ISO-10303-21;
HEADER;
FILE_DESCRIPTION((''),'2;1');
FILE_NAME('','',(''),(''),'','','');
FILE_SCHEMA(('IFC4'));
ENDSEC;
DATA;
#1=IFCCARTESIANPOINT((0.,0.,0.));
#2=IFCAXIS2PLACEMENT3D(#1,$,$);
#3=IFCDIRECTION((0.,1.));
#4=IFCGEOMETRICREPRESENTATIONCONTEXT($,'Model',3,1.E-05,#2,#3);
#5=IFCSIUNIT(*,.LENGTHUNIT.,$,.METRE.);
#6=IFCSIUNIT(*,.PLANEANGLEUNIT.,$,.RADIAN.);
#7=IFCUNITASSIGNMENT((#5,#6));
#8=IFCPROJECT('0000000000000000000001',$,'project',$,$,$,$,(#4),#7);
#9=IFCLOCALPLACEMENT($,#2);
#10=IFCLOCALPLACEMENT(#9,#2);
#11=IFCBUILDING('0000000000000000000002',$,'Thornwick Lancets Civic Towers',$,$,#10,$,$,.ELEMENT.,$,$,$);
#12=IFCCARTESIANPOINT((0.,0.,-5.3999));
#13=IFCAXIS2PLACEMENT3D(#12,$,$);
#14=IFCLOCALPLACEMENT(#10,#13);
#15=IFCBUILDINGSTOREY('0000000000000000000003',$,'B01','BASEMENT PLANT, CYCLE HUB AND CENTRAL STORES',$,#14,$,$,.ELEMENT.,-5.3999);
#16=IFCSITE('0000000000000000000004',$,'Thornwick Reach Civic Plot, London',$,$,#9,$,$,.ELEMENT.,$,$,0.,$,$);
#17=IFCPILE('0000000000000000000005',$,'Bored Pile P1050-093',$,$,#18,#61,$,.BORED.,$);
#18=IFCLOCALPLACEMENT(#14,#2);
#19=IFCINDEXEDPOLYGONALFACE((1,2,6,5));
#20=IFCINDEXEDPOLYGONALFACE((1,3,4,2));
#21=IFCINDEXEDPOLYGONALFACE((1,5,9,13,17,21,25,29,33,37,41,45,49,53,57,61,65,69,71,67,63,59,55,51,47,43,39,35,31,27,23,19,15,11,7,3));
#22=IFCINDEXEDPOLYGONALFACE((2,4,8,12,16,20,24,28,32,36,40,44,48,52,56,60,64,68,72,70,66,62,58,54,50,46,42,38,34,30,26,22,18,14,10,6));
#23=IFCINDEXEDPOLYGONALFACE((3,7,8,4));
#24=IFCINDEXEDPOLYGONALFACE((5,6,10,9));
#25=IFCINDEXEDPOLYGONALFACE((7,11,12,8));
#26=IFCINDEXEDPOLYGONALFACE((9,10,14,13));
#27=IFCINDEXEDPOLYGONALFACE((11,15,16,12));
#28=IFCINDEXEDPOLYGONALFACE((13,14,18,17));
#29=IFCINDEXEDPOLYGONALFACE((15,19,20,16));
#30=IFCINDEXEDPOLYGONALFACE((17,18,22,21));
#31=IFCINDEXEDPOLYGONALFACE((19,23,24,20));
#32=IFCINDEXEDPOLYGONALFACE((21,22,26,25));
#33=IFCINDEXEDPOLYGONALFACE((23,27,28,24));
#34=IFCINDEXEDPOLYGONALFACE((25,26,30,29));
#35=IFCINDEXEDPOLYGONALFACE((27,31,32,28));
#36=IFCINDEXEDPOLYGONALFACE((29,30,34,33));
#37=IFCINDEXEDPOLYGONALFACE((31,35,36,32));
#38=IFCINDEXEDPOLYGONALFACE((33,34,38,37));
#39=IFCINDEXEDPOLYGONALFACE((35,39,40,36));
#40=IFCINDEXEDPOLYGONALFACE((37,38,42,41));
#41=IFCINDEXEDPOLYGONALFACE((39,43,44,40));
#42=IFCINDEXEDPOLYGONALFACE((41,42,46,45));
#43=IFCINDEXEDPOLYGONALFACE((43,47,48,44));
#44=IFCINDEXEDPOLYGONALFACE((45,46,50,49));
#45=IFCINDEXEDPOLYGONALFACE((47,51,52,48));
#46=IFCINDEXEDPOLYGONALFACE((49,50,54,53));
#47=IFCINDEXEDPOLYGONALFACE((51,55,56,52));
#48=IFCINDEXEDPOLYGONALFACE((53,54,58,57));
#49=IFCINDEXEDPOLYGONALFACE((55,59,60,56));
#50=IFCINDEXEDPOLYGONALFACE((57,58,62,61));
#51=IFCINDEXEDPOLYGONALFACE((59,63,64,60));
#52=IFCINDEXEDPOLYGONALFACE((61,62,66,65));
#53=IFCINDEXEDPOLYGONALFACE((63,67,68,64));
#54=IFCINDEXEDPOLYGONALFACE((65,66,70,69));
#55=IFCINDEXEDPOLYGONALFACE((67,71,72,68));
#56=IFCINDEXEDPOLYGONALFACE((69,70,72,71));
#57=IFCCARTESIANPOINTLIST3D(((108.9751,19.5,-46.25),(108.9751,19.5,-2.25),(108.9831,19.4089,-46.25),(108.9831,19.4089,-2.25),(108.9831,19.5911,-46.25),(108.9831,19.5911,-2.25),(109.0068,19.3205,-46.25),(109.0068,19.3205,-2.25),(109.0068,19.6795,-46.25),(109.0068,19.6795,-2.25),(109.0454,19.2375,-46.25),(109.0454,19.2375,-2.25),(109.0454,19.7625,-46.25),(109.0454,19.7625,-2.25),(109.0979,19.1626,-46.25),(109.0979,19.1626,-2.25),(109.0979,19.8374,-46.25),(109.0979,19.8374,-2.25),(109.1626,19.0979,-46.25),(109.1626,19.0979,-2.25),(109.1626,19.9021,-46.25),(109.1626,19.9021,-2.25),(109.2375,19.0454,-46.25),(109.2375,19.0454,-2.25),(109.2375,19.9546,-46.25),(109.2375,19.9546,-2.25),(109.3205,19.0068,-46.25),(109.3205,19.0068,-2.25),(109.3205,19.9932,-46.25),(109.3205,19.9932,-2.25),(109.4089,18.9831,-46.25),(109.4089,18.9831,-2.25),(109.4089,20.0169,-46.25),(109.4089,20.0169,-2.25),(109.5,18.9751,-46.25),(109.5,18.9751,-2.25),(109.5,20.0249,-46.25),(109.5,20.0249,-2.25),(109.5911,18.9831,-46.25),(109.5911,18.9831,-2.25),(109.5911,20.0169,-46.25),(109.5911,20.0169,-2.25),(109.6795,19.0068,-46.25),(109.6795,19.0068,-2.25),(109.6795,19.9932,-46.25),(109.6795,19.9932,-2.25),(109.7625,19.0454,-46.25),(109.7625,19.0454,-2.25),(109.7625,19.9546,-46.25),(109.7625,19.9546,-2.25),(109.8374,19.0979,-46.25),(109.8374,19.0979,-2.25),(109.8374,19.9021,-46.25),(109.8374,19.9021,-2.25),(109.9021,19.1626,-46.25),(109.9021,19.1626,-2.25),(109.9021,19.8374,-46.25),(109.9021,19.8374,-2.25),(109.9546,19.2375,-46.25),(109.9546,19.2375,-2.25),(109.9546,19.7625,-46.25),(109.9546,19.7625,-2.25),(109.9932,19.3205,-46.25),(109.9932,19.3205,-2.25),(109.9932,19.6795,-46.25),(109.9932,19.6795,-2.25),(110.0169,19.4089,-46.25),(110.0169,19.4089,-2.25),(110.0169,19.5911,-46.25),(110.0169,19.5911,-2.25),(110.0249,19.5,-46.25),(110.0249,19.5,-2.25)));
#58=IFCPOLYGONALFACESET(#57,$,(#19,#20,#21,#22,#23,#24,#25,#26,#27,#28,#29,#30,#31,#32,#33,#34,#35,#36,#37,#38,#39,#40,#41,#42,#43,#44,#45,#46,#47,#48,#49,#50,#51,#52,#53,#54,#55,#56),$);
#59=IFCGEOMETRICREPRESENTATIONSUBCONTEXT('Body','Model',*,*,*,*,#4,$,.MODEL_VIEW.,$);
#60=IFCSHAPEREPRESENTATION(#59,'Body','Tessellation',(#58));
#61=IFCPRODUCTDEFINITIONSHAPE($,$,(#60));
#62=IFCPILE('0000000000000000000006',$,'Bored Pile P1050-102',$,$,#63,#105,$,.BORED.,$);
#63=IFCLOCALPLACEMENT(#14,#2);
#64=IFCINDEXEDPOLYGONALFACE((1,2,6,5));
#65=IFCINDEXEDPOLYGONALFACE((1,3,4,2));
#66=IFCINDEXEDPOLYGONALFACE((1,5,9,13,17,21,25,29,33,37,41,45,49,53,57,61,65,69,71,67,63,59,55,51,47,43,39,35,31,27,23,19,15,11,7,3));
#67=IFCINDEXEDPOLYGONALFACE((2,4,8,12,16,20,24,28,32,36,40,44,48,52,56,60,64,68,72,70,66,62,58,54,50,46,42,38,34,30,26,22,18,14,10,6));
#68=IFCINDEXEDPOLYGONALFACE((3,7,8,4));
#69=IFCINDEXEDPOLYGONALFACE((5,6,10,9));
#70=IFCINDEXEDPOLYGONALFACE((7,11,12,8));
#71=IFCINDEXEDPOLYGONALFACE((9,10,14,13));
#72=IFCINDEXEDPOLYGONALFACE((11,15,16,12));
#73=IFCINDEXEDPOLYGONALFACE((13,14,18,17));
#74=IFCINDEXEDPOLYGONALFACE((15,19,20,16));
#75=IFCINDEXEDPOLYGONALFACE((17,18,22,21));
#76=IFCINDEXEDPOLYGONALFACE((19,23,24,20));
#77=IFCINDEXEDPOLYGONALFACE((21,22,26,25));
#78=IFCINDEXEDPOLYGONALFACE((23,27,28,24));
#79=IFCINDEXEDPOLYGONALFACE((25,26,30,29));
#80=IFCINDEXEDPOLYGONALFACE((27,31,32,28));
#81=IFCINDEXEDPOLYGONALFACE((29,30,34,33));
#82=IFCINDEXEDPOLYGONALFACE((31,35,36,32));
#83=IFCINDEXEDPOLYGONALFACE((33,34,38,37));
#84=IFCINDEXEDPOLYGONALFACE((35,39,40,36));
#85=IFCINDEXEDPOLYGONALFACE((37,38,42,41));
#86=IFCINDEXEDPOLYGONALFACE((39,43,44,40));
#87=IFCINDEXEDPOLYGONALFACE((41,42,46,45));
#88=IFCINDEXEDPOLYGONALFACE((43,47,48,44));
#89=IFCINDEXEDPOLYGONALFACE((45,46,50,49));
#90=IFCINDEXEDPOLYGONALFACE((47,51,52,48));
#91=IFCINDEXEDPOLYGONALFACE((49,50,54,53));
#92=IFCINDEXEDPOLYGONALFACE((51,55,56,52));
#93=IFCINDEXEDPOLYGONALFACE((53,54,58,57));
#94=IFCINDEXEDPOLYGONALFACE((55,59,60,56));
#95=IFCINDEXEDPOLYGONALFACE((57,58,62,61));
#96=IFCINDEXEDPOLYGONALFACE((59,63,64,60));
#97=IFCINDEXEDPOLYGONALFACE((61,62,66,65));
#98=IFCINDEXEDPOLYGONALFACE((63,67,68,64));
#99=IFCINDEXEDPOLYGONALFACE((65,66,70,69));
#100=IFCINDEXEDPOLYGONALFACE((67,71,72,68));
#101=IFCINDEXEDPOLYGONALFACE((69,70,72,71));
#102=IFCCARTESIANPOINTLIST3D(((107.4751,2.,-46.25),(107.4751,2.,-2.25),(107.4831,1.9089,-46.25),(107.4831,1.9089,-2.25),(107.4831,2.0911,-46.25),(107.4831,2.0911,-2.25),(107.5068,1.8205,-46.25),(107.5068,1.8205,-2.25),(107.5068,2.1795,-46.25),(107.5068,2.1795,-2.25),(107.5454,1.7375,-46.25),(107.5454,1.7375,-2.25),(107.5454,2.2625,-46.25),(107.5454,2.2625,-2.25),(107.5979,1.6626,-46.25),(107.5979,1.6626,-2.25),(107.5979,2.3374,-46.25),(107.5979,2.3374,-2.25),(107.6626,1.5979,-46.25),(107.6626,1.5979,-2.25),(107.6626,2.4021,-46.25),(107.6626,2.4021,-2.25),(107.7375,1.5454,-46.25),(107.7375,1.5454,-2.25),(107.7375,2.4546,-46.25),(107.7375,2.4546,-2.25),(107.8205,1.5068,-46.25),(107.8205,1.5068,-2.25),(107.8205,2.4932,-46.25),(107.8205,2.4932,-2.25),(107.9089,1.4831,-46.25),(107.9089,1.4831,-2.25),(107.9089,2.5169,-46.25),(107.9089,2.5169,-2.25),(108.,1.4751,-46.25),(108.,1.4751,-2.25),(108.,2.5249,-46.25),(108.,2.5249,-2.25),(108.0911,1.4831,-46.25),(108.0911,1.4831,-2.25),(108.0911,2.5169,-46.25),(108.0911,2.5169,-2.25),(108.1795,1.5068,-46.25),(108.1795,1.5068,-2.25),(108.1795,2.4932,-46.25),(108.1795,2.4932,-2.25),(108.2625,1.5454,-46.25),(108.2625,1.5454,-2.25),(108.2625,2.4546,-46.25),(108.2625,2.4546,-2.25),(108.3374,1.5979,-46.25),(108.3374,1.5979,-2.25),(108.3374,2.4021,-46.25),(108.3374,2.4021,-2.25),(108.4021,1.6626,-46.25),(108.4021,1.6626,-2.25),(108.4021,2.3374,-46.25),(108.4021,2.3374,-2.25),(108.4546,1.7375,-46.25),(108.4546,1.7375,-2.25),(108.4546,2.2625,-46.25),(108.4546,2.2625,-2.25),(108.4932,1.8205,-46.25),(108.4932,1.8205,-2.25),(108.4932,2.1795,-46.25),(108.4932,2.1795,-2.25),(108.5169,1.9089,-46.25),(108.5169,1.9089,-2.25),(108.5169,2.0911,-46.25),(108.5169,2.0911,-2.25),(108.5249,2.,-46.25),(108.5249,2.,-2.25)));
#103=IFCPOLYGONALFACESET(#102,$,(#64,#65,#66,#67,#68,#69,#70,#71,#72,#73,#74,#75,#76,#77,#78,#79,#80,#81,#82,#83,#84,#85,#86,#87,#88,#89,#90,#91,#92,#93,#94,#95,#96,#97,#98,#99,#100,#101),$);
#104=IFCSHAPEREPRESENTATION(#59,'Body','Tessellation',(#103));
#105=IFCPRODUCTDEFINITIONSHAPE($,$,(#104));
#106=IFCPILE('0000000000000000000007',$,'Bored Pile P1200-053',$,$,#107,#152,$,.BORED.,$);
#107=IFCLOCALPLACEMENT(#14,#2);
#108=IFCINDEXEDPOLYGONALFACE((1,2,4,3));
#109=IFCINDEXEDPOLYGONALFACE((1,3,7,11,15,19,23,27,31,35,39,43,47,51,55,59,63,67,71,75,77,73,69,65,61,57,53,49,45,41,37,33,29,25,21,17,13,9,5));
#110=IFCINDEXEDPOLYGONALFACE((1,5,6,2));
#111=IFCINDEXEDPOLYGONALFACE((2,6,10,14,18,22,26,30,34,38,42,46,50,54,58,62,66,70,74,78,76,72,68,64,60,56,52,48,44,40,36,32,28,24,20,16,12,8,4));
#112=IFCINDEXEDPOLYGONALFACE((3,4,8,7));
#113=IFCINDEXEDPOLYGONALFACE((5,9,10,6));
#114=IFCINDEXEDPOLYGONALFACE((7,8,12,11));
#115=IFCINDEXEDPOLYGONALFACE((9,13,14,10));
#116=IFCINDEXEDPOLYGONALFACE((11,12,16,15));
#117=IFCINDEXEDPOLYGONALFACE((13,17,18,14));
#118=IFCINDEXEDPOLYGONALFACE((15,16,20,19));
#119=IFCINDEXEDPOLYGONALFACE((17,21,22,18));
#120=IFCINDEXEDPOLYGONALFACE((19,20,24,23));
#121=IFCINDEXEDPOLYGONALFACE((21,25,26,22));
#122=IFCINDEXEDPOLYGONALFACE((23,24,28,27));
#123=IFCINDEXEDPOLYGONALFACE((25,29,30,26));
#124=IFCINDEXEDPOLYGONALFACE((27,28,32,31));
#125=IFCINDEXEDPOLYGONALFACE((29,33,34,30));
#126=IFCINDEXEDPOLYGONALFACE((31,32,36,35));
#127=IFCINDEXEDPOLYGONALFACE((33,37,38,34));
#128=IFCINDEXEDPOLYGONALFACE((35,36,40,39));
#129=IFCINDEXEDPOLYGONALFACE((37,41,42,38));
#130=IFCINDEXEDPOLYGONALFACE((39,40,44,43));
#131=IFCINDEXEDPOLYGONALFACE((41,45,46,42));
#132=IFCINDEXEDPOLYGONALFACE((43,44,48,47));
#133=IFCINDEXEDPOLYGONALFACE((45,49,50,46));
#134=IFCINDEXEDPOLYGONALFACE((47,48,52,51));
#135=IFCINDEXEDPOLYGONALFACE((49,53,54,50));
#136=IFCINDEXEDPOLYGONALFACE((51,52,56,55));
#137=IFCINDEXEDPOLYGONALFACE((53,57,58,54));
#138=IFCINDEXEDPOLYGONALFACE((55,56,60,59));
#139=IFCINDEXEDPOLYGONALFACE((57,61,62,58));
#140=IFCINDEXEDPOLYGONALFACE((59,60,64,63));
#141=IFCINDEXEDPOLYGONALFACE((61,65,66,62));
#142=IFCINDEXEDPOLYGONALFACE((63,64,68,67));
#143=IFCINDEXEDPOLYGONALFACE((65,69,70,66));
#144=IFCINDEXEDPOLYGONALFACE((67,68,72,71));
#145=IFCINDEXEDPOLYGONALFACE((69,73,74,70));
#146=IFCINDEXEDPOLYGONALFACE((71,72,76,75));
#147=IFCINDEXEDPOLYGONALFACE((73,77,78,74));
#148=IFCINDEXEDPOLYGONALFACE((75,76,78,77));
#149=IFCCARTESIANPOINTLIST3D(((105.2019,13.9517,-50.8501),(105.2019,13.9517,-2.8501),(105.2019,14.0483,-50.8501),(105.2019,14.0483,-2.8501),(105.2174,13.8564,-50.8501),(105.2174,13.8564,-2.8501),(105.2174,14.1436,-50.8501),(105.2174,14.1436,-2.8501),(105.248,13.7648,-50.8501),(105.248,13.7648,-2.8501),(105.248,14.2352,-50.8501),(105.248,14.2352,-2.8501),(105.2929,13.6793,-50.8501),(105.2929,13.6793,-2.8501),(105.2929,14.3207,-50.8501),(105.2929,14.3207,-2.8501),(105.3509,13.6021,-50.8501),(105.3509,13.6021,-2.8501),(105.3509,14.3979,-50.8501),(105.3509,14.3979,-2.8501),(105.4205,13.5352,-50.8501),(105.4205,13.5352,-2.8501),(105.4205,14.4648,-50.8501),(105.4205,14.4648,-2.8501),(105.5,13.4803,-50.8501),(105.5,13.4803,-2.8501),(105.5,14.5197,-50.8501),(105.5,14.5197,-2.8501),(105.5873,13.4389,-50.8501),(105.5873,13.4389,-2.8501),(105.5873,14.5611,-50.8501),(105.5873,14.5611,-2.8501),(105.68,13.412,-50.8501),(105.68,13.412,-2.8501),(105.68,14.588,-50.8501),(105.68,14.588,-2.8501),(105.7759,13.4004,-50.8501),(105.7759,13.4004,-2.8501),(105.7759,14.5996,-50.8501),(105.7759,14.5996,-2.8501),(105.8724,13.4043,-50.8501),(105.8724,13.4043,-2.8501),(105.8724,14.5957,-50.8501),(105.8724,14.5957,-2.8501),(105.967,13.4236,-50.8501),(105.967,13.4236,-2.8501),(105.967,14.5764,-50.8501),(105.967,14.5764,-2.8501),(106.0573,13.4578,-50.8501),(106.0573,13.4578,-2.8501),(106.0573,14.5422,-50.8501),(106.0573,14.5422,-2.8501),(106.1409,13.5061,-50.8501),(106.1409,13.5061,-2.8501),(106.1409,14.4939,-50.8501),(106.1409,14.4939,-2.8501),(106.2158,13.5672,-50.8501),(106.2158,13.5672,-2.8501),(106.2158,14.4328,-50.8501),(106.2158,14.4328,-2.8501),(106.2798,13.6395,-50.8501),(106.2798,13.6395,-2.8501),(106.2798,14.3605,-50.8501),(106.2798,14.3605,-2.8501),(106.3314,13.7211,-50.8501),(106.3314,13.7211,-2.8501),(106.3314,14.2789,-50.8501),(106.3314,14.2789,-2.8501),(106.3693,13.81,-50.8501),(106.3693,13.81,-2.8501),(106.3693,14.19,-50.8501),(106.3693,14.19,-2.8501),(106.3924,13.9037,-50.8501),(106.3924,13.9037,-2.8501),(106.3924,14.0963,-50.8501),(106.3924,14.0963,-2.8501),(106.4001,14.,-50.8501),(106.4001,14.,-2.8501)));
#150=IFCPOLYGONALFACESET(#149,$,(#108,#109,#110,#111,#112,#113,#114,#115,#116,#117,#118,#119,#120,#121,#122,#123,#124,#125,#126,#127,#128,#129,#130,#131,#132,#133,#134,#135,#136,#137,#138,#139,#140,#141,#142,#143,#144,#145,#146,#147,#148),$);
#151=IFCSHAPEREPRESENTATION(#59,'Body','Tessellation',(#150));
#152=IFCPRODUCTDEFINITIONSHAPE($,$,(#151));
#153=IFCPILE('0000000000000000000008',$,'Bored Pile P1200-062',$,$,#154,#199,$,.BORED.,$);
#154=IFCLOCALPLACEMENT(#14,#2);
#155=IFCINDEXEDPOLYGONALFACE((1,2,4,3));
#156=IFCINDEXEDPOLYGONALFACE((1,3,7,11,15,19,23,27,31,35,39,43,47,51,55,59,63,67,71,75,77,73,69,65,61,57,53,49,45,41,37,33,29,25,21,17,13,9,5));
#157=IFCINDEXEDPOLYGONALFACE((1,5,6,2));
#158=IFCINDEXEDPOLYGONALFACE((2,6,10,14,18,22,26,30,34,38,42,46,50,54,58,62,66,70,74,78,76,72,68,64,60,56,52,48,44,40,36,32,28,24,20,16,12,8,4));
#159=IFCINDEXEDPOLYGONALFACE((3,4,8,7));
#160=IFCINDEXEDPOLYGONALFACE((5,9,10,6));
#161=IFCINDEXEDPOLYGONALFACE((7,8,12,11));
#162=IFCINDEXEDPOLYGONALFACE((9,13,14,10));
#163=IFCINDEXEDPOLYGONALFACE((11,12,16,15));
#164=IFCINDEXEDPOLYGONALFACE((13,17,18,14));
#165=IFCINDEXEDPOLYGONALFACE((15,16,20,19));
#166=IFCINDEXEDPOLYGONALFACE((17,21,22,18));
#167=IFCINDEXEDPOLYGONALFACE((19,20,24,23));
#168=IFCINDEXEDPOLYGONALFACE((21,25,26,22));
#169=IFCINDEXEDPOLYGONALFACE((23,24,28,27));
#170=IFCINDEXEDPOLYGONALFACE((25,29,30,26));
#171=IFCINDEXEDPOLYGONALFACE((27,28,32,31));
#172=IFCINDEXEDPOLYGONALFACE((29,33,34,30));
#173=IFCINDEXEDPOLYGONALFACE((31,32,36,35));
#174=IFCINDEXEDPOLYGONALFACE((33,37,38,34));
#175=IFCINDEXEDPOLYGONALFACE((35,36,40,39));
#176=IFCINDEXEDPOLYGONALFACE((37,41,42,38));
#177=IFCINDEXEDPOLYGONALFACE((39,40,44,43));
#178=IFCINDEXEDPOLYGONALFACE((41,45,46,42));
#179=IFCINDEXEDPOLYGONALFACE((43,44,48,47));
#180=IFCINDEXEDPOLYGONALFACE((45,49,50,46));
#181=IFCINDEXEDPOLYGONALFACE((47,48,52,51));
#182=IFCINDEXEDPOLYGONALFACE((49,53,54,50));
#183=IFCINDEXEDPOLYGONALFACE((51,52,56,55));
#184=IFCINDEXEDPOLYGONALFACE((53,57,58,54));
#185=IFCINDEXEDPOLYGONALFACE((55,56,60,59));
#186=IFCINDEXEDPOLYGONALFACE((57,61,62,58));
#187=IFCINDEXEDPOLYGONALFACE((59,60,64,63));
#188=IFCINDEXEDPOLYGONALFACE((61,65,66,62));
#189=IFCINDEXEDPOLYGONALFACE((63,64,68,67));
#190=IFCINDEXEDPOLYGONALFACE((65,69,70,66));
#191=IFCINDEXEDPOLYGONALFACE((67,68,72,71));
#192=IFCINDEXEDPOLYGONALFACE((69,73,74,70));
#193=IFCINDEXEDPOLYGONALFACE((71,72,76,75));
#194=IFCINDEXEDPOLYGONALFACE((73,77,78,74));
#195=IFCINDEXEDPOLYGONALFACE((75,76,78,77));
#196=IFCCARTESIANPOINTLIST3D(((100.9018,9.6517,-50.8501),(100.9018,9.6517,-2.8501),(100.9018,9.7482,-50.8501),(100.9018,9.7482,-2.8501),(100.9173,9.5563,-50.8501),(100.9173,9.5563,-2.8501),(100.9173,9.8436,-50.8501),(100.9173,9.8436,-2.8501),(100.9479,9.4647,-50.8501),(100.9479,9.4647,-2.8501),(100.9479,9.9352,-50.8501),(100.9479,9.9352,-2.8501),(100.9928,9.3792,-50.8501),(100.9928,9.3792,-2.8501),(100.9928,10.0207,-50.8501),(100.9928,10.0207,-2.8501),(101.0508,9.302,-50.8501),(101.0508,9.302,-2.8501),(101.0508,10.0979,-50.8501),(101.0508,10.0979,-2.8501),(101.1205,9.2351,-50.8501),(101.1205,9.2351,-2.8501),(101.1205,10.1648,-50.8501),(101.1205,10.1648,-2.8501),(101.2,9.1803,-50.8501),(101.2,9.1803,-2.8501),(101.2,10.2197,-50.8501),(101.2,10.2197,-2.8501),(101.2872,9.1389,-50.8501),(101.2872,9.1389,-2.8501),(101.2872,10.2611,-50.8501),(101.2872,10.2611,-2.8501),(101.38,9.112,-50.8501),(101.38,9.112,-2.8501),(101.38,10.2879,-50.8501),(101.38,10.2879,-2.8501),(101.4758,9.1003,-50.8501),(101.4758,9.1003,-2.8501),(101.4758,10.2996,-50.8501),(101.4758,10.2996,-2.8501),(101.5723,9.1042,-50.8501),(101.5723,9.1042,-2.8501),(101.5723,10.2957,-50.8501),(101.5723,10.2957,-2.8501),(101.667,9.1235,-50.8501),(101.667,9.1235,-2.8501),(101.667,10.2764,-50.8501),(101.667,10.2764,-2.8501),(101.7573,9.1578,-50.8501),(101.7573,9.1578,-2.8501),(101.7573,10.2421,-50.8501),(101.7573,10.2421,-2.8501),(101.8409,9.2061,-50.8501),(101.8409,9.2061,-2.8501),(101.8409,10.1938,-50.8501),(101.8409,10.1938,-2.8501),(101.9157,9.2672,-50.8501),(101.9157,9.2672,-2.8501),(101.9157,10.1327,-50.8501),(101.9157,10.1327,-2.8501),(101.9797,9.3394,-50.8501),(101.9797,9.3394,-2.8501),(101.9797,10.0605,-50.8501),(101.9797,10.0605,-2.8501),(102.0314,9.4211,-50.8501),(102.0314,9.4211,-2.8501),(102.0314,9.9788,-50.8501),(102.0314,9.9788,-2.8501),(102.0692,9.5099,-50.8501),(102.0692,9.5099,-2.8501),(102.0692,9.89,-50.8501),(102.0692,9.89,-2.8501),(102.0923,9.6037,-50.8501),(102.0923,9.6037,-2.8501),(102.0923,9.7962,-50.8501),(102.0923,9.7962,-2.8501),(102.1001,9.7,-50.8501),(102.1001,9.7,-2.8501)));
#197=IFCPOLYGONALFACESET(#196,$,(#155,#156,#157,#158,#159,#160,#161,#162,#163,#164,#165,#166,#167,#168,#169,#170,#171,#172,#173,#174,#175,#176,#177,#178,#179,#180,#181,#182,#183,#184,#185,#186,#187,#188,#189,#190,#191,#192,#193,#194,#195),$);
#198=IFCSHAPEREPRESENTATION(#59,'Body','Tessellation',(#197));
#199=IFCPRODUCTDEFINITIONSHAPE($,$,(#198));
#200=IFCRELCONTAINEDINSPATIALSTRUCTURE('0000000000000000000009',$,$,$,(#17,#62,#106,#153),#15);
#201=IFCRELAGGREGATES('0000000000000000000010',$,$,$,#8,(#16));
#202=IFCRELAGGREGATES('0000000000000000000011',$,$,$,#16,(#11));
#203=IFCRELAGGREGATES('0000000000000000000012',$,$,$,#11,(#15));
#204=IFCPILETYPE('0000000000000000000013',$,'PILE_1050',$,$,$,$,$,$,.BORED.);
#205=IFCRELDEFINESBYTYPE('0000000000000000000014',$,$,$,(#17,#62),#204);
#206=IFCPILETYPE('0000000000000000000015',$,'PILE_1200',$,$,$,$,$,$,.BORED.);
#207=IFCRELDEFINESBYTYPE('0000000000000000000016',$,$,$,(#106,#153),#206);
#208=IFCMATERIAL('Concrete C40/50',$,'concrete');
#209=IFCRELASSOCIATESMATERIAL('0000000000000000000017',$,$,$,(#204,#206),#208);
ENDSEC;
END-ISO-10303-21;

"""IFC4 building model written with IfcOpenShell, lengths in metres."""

from ifc_helpers import new_model, si_unit, direction, frame, origin, origin_2d, place, context, subcontext, project, spatial, circle, extrude, material, material_profile, profile_set, type_object, element, save


model = new_model("IFC4")

# Units and contexts
model_context = context("Model", 3, precision=1e-05, world=origin(), true_north=direction((0.0, 1.0)))
body_context = subcontext(model_context, "Body", "Model", "MODEL_VIEW")
ifc_project = project(units=[si_unit("LENGTHUNIT", "METRE"), si_unit("PLANEANGLEUNIT", "RADIAN")], contexts=[model_context])

# Site, building, storey
site_placement = place(None, origin())
site = spatial("IfcSite", under=ifc_project, at=site_placement, Name="Thornwick Reach Civic Plot, London", CompositionType="ELEMENT", RefElevation=0.0)
building_placement = place(site_placement, origin())
building = spatial("IfcBuilding", under=site, at=building_placement, Name="Thornwick Lancets Civic Towers", CompositionType="ELEMENT")
storey_placement = place(building_placement, frame((0.0, 0.0, -5.3999)))
storey = spatial("IfcBuildingStorey", under=building, at=storey_placement, Name="B01", Description="BASEMENT PLANT, CYCLE HUB AND CENTRAL STORES", CompositionType="ELEMENT", Elevation=-5.3999)

# Shared definitions
ifc_material_1 = material(Name="Concrete C40/50", Category="concrete")

# Piles
ifc_material_profile_1 = material_profile(ifc_material_1, circle(Radius=0.5249, at=origin_2d()), Name="PILE D1050")
ifc_profile_set_1 = profile_set([ifc_material_profile_1], Name="Concrete C40/50")
pile_type_1 = type_object("IfcPileType", Name="PILE_1050", PredefinedType="BORED", material=ifc_profile_set_1)
for number, where, z_axis, x_axis, name in (
    (1, (109.5, 19.5, -2.25), (0.0, 0.0, -1.0), (1.0, 0.0, 0.0), "Bored Pile P1050-093"),
    (2, (108.0, 2.0, -2.25), (0.0, 0.0, -1.0), (1.0, 0.0, 0.0), "Bored Pile P1050-102"),
):
    element("IfcPile", number, at=place(storey_placement, frame(where, z_axis=z_axis, x_axis=x_axis)), inside=storey, type_object=pile_type_1, Name=name, PredefinedType="BORED", context=body_context, shape_type="SweptSolid", body=[
        extrude(circle(Radius=0.5249, at=origin_2d()), origin(), (0.0, 0.0, 1.0), 44.0),
    ])
ifc_material_profile_2 = material_profile(ifc_material_1, circle(Radius=0.6001, at=origin_2d()), Name="PILE D1200")
ifc_profile_set_2 = profile_set([ifc_material_profile_2], Name="Concrete C40/50")
pile_type_2 = type_object("IfcPileType", Name="PILE_1200", PredefinedType="BORED", material=ifc_profile_set_2)
for number, where, z_axis, x_axis, name in (
    (3, (105.8, 14.0, -2.8501), (0.0, 0.0, -1.0), (1.0, 0.0, 0.0), "Bored Pile P1200-053"),
    (4, (101.5, 9.7, -2.8501), (0.0, 0.0, -1.0), (1.0, 0.0, 0.0), "Bored Pile P1200-062"),
):
    element("IfcPile", number, at=place(storey_placement, frame(where, z_axis=z_axis, x_axis=x_axis)), inside=storey, type_object=pile_type_2, Name=name, PredefinedType="BORED", context=body_context, shape_type="SweptSolid", body=[
        extrude(circle(Radius=0.6001, at=origin_2d()), origin(), (0.0, 0.0, 1.0), 48.0),
    ])

save(model, "model.ifc")
